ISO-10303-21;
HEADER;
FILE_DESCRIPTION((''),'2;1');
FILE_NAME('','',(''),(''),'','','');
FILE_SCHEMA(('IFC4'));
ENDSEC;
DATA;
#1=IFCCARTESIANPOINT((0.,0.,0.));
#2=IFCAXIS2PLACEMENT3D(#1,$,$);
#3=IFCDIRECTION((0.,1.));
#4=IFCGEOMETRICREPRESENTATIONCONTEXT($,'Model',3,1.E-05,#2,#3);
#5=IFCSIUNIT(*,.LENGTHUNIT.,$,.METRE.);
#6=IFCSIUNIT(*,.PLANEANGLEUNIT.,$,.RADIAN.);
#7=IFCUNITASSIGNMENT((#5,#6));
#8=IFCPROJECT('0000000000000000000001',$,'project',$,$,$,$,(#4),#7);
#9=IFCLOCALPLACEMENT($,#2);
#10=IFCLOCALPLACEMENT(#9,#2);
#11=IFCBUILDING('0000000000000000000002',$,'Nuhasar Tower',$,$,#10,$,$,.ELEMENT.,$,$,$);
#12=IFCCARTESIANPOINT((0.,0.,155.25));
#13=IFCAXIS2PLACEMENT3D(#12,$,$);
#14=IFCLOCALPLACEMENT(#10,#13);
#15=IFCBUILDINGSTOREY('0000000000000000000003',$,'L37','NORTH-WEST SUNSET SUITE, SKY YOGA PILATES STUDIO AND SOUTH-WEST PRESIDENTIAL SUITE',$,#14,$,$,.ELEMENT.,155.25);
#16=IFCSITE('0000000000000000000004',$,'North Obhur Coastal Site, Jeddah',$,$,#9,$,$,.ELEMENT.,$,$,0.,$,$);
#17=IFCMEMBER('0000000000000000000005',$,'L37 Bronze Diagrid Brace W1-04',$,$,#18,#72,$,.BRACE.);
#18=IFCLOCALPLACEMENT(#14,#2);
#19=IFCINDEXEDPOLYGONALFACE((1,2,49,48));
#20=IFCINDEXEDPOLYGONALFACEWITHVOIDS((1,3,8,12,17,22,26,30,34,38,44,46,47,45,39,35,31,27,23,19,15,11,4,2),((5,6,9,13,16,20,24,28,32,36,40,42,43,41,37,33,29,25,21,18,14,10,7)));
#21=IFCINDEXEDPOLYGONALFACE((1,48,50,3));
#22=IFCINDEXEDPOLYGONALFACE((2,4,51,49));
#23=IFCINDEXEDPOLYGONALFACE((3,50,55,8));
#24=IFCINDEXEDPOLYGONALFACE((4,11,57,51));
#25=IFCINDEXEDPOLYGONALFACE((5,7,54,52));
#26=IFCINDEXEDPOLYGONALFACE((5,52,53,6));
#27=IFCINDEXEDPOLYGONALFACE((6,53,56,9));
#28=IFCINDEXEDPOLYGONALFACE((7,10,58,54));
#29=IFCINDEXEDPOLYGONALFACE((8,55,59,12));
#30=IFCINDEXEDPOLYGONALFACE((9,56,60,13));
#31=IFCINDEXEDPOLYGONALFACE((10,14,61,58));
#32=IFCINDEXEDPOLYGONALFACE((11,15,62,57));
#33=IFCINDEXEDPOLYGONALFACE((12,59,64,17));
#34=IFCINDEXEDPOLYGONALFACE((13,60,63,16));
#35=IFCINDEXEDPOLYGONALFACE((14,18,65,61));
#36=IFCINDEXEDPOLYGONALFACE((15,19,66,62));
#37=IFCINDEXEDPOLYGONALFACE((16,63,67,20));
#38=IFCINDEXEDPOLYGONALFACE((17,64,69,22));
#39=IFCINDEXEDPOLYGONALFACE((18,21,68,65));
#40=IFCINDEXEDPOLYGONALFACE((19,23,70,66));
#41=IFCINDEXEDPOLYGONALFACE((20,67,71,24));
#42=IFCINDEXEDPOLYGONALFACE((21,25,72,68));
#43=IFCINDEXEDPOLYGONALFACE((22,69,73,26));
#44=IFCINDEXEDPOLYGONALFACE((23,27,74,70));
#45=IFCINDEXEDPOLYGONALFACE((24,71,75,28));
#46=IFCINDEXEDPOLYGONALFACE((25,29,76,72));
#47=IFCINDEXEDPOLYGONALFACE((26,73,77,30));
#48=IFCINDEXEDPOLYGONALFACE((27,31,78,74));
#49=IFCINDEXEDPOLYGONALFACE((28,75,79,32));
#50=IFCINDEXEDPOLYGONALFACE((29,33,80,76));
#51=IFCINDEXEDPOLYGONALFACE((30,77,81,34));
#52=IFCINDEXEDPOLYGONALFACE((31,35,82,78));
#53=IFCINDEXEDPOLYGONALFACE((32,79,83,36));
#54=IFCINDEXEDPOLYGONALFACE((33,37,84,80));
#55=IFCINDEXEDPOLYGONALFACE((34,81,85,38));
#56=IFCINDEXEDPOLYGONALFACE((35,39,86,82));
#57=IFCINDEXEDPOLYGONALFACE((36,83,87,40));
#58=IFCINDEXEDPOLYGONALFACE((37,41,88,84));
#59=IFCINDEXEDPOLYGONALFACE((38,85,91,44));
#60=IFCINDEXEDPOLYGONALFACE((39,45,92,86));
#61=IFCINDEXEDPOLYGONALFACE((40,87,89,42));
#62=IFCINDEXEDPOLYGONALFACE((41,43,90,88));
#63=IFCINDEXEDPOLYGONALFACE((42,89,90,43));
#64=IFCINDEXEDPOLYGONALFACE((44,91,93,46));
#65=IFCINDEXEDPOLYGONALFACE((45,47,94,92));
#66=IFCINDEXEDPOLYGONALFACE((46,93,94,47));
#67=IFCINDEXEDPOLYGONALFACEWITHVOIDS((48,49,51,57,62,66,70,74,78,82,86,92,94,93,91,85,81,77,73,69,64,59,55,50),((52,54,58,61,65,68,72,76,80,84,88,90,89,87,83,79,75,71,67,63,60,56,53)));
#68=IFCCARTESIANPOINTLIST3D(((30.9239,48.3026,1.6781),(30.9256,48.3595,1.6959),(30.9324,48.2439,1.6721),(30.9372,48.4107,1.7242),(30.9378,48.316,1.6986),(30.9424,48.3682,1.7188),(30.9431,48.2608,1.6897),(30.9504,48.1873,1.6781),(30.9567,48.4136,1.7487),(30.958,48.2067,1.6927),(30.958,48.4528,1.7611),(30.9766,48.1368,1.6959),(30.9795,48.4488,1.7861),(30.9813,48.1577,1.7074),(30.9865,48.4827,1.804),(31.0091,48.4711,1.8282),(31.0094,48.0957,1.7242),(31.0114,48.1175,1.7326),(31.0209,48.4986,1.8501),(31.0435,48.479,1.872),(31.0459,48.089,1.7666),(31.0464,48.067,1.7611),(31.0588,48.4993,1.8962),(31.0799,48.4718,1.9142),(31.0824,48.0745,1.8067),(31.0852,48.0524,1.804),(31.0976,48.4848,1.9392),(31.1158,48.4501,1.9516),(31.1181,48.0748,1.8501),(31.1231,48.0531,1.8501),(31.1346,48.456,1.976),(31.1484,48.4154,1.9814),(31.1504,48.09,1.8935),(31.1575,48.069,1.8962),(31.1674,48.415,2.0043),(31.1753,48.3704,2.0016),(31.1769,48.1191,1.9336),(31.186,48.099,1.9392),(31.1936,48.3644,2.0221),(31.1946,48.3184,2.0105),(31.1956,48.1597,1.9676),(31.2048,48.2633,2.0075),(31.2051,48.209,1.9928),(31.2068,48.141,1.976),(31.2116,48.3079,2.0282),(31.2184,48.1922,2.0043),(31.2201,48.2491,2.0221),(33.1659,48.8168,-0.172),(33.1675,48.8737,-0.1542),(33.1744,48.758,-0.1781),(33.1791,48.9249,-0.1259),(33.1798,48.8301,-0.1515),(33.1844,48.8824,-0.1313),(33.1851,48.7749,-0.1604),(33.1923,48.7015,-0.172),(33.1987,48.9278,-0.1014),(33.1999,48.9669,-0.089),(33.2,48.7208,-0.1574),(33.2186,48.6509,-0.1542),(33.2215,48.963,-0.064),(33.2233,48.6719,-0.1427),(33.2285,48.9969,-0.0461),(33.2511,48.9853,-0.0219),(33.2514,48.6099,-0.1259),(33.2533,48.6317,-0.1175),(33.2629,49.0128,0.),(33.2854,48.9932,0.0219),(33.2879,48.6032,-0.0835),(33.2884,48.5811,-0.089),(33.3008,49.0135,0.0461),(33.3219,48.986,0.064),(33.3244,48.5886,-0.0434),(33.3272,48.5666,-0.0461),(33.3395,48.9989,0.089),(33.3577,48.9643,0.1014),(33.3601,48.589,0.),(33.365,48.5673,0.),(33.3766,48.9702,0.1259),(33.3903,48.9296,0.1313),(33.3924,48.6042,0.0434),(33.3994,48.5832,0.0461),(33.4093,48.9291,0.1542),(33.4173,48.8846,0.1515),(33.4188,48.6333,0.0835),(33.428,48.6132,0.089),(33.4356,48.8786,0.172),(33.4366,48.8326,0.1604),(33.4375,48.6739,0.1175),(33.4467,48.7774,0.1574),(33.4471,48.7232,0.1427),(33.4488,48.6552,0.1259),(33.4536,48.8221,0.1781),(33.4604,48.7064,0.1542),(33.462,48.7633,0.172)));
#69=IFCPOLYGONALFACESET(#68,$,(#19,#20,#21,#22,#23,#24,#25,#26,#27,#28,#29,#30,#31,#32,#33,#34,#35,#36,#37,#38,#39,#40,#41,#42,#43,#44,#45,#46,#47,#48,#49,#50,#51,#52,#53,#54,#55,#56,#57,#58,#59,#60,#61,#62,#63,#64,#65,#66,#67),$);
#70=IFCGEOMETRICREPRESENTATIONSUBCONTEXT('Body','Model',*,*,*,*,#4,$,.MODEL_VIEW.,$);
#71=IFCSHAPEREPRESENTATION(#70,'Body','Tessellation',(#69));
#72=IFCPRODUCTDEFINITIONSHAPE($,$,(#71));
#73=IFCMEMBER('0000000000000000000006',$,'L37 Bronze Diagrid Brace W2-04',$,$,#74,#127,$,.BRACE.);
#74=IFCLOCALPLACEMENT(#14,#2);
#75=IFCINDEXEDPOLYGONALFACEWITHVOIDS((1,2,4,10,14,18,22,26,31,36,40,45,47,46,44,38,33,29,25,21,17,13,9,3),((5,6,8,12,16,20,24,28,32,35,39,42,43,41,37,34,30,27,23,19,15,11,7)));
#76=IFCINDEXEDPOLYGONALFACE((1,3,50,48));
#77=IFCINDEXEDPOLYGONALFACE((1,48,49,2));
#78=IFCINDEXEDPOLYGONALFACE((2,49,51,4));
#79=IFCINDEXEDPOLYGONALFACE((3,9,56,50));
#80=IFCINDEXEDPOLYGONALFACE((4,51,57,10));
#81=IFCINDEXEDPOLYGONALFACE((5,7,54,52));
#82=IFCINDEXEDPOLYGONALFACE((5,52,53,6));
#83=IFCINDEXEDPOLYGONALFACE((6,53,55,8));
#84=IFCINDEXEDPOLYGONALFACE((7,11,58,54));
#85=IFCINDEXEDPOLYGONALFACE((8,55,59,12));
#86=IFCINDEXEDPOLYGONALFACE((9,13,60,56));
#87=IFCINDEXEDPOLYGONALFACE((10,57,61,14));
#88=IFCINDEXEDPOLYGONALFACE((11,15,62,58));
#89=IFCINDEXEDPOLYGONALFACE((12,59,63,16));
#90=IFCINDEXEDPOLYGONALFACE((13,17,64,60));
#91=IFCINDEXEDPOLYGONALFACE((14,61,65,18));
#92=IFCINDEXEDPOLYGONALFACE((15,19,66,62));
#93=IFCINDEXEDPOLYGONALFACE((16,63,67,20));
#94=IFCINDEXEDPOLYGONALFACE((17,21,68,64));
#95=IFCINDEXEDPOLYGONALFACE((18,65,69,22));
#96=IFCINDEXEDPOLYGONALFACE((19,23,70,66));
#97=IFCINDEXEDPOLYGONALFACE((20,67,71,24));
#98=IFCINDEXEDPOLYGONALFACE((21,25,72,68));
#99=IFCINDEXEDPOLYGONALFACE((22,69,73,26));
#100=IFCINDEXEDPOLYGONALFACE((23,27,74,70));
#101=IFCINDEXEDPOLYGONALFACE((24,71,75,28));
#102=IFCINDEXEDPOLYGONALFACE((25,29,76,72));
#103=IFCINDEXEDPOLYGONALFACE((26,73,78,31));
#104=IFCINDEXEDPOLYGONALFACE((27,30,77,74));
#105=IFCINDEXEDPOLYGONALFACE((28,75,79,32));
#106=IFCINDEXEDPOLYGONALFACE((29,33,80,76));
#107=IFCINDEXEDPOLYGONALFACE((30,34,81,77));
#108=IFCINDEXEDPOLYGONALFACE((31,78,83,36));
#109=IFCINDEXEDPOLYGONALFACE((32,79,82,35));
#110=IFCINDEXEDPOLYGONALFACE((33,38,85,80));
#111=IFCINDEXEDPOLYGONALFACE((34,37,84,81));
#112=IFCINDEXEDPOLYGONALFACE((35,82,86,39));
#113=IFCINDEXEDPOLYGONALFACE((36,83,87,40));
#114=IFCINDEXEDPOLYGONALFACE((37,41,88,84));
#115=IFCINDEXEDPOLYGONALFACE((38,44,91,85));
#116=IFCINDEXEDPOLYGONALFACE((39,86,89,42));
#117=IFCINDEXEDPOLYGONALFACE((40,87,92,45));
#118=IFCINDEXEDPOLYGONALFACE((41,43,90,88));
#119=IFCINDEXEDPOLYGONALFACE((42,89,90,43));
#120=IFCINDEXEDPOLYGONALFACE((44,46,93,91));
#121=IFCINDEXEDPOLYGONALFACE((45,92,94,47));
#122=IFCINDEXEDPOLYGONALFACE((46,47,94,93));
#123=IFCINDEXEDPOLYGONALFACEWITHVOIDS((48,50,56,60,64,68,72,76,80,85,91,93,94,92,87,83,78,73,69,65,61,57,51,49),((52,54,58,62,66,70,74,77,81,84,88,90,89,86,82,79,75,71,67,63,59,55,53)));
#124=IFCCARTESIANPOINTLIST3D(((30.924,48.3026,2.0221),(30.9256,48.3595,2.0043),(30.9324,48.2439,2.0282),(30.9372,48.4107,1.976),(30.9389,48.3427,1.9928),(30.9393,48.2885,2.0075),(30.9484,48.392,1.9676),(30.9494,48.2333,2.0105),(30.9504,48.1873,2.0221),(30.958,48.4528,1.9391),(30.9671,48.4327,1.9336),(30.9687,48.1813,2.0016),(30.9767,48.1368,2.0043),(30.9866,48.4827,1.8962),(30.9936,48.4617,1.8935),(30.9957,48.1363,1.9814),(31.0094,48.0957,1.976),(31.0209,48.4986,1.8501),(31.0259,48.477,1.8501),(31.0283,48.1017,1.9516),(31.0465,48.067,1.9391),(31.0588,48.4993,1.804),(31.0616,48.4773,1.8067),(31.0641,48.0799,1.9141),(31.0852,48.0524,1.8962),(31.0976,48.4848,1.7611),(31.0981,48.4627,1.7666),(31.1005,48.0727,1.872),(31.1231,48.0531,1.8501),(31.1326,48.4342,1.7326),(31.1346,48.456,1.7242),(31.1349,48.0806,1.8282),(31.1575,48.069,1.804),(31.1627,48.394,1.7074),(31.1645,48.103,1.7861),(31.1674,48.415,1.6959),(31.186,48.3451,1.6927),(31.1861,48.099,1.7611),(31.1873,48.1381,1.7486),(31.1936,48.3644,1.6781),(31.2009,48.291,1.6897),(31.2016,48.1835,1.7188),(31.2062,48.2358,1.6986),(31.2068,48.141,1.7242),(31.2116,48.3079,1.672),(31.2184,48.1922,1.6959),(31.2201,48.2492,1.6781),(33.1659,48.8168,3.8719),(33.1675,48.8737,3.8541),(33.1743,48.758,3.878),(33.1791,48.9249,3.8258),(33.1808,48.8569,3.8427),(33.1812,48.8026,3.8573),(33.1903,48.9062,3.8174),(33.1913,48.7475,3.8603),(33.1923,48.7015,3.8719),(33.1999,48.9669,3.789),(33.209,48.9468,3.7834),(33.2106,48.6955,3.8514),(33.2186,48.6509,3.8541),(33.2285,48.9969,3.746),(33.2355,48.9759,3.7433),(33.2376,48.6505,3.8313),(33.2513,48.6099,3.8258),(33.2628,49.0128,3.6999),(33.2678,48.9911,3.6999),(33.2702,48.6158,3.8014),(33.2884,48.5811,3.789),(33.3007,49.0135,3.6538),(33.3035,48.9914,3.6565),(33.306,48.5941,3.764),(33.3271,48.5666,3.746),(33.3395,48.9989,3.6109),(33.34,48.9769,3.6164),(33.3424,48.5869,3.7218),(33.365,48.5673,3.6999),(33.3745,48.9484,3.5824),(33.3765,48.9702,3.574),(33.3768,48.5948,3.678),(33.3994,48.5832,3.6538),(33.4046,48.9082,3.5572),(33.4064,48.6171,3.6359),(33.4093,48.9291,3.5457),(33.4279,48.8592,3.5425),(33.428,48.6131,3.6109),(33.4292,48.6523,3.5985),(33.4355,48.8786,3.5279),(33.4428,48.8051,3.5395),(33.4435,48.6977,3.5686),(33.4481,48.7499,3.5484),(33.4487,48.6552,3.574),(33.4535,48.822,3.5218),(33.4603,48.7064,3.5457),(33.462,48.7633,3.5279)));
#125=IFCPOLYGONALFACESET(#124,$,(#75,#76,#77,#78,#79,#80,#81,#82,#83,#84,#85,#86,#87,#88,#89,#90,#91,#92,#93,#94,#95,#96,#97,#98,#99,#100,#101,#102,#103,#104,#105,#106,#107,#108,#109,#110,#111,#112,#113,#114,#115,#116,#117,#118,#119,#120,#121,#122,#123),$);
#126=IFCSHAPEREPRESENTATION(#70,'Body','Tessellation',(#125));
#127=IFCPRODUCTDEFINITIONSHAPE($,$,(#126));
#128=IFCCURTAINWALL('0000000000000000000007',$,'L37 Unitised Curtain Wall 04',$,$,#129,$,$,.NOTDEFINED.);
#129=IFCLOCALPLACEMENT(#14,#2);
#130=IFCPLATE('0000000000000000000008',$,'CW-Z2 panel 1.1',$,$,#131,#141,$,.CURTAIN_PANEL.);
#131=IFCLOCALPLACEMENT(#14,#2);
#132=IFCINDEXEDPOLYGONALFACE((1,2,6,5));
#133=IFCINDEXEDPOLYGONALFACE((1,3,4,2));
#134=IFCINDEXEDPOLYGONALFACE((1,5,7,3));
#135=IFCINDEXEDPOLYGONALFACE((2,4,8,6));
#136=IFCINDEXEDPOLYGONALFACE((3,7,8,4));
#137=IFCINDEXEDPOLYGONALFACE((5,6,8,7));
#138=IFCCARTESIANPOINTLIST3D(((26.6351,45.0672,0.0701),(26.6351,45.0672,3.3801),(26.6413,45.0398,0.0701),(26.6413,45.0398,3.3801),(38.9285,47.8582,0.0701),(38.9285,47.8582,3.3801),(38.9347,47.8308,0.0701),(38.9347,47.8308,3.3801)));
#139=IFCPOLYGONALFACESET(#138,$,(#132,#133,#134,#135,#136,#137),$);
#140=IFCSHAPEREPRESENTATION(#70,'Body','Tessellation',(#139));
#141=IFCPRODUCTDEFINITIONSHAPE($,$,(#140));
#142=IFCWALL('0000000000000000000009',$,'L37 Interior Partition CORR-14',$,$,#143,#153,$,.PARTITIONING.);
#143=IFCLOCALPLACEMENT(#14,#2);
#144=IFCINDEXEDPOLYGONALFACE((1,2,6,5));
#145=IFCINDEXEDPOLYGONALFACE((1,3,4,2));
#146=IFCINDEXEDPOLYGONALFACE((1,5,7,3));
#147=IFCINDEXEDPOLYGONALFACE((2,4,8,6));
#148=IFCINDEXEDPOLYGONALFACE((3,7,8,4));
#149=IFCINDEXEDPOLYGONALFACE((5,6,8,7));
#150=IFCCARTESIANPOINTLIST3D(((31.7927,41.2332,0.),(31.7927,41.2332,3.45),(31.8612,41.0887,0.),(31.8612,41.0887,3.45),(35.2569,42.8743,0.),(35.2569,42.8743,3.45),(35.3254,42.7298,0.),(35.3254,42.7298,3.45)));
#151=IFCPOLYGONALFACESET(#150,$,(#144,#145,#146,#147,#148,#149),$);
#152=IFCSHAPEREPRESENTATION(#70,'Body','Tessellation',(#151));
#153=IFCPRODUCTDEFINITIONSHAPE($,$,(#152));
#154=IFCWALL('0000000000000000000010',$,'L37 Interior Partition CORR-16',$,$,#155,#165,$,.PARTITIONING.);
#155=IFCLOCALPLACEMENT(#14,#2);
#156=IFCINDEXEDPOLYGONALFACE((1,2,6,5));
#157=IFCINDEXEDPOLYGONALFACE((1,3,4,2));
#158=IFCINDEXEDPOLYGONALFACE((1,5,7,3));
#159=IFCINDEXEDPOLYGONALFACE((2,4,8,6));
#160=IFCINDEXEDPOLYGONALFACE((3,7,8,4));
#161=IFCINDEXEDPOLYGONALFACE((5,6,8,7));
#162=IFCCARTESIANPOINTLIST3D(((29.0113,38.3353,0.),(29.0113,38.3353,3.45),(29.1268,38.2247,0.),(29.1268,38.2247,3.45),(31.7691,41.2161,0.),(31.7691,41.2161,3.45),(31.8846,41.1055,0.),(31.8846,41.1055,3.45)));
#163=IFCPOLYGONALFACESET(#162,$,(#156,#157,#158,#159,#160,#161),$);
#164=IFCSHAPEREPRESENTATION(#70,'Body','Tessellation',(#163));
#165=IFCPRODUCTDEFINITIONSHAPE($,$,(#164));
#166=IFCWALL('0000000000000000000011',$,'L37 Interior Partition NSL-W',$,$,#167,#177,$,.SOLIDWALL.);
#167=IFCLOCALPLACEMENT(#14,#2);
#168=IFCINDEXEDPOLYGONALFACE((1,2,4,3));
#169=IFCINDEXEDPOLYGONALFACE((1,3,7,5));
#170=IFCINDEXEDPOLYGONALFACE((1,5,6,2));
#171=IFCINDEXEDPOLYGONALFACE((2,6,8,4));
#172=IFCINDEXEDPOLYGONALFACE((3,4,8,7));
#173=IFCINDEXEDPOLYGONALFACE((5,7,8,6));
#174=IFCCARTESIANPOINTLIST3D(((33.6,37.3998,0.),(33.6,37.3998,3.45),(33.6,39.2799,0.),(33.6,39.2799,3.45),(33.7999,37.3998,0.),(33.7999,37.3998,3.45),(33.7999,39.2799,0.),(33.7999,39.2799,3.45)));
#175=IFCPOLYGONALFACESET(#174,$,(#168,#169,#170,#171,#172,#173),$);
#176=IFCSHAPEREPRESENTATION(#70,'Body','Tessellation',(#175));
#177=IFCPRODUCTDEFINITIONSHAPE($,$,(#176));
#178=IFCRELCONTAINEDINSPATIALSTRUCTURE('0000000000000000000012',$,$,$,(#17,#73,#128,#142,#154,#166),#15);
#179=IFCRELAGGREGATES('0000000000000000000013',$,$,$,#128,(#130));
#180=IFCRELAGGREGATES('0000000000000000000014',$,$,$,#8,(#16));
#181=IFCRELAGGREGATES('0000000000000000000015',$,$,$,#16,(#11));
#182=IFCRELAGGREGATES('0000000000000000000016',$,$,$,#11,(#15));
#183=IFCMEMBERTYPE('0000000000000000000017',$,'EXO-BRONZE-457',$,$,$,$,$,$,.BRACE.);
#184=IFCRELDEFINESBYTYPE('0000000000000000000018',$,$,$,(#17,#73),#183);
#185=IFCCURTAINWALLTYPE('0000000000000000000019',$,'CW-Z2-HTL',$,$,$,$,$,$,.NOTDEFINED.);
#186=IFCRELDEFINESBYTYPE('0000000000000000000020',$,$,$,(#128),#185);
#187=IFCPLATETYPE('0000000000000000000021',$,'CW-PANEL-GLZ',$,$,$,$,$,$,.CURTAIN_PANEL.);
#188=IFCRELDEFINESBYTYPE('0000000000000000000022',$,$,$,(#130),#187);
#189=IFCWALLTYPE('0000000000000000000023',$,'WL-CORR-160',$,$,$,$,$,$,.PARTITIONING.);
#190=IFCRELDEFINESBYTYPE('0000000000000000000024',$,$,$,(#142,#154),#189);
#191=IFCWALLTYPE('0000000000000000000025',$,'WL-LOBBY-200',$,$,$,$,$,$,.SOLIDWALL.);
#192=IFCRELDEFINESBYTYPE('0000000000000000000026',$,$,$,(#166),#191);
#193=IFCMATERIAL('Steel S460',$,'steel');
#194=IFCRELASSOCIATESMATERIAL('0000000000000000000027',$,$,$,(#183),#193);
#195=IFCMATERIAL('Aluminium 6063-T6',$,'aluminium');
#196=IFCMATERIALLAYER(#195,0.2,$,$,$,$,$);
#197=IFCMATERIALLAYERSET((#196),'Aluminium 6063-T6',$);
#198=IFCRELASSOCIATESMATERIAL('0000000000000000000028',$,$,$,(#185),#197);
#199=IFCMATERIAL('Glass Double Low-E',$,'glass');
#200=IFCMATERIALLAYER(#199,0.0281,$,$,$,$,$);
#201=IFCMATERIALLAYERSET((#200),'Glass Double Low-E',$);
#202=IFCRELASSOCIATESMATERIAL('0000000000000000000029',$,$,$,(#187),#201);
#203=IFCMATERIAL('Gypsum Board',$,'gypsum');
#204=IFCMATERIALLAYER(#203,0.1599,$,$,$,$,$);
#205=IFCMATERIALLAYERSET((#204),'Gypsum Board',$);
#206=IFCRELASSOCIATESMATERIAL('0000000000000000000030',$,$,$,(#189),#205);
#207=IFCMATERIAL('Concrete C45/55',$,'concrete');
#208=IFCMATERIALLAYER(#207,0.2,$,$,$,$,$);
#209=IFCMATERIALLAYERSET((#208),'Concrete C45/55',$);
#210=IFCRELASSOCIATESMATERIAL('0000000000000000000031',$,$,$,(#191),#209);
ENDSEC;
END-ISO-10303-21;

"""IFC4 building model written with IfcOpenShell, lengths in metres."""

from ifc_helpers import new_model, si_unit, direction, frame, frame_2d, origin, origin_2d, place, context, subcontext, project, spatial, rectangle, hollow_circle, extrude, material, layer, layer_set, material_profile, profile_set, type_object, element, aggregate, save


model = new_model("IFC4")

# Units and contexts
model_context = context("Model", 3, precision=1e-05, world=origin(), true_north=direction((0.0, 1.0)))
body_context = subcontext(model_context, "Body", "Model", "MODEL_VIEW")
ifc_project = project(units=[si_unit("LENGTHUNIT", "METRE"), si_unit("PLANEANGLEUNIT", "RADIAN")], contexts=[model_context])

# Site, building, storey
site_placement = place(None, origin())
site = spatial("IfcSite", under=ifc_project, at=site_placement, Name="North Obhur Coastal Site, Jeddah", CompositionType="ELEMENT", RefElevation=0.0)
building_placement = place(site_placement, origin())
building = spatial("IfcBuilding", under=site, at=building_placement, Name="Nuhasar Tower", CompositionType="ELEMENT")
storey_placement = place(building_placement, frame((0.0, 0.0, 155.25)))
storey = spatial("IfcBuildingStorey", under=building, at=storey_placement, Name="L37", Description="NORTH-WEST SUNSET SUITE, SKY YOGA PILATES STUDIO AND SOUTH-WEST PRESIDENTIAL SUITE", CompositionType="ELEMENT", Elevation=155.25)

# Members
ifc_material_1 = material(Name="Steel S460", Category="steel")
ifc_material_profile_1 = material_profile(ifc_material_1, hollow_circle(Radius=0.2285, WallThickness=0.0222, at=origin_2d()), Name="HSS457X22.2")
ifc_profile_set_1 = profile_set([ifc_material_profile_1], Name="Steel S460")
member_type = type_object("IfcMemberType", Name="EXO-BRONZE-457", PredefinedType="BRACE", material=ifc_profile_set_1)
member_1_placement = place(storey_placement, frame((33.314, 48.79, 0.0), z_axis=(-0.7595, -0.174181, 0.626755), x_axis=(0.223534, -0.974696, 0.0)))
element("IfcMember", 1, at=member_1_placement, inside=storey, type_object=member_type, Name="L37 Bronze Diagrid Brace W1-04", PredefinedType="BRACE", context=body_context, shape_type="SweptSolid", body=[
    extrude(hollow_circle(Radius=0.2285, WallThickness=0.0222, at=origin_2d()), origin(), (0.0, 0.0, 1.0), 2.9519),
])
member_2_placement = place(storey_placement, frame((31.072, 48.2759, 1.8501), z_axis=(0.759539, 0.17419, 0.626704), x_axis=(-0.223534, 0.974696, 0.0)))
element("IfcMember", 2, at=member_2_placement, inside=storey, type_object=member_type, Name="L37 Bronze Diagrid Brace W2-04", PredefinedType="BRACE", context=body_context, shape_type="SweptSolid", body=[
    extrude(hollow_circle(Radius=0.2285, WallThickness=0.0222, at=origin_2d()), origin(), (0.0, 0.0, 1.0), 2.9517),
])

# Curtain wall, plate
ifc_material_2 = material(Name="Aluminium 6063-T6", Category="aluminium")
ifc_layer_1 = layer(ifc_material_2, 0.2)
ifc_layer_set_1 = layer_set([ifc_layer_1], Name="Aluminium 6063-T6")
curtain_wall_type = type_object("IfcCurtainWallType", Name="CW-Z2-HTL", PredefinedType="NOTDEFINED", material=ifc_layer_set_1)
curtain_wall_placement = place(storey_placement, origin())
curtain_wall = element("IfcCurtainWall", 3, at=curtain_wall_placement, inside=storey, type_object=curtain_wall_type, Name="L37 Unitised Curtain Wall 04", PredefinedType="NOTDEFINED")
ifc_material_3 = material(Name="Glass Double Low-E", Category="glass")
ifc_layer_2 = layer(ifc_material_3, 0.0281)
ifc_layer_set_2 = layer_set([ifc_layer_2], Name="Glass Double Low-E")
plate_type = type_object("IfcPlateType", Name="CW-PANEL-GLZ", PredefinedType="CURTAIN_PANEL", material=ifc_layer_set_2)
plate_placement = place(storey_placement, frame((32.7849, 46.449, 0.0701), z_axis=(0.0, 0.0, 1.0), x_axis=(-0.975184, -0.221397, 0.0)))
plate = element("IfcPlate", 4, at=plate_placement, type_object=plate_type, Name="CW-Z2 panel 1.1", PredefinedType="CURTAIN_PANEL", context=body_context, shape_type="SweptSolid", body=[
    extrude(rectangle(XDim=12.6062, YDim=0.0281, at=origin_2d()), origin(), (0.0, 0.0, 1.0), 3.3101),
])
aggregate(curtain_wall, [plate])

# Shared definitions
ifc_material_4 = material(Name="Gypsum Board", Category="gypsum")
ifc_layer_3 = layer(ifc_material_4, 0.1599)
ifc_layer_set_3 = layer_set([ifc_layer_3], Name="Gypsum Board")
wall_type_1 = type_object("IfcWallType", Name="WL-CORR-160", PredefinedType="PARTITIONING", material=ifc_layer_set_3)

# Walls
wall_1_placement = place(storey_placement, frame((35.291, 42.802, 0.0), z_axis=(0.0, 0.0, 1.0), x_axis=(-0.903716, -0.428133, 0.0)))
element("IfcWall", 5, at=wall_1_placement, inside=storey, type_object=wall_type_1, Name="L37 Interior Partition CORR-14", PredefinedType="PARTITIONING", context=body_context, shape_type="SweptSolid", body=[
    extrude(rectangle(XDim=3.8333, YDim=0.1599, at=frame_2d((1.9165, 0.0))), origin(), (0.0, 0.0, 1.0), 3.45),
])
wall_2_placement = place(storey_placement, frame((31.8269, 41.1609, 0.0), z_axis=(0.0, 0.0, 1.0), x_axis=(-0.691512, -0.722365, 0.0)))
element("IfcWall", 6, at=wall_2_placement, inside=storey, type_object=wall_type_1, Name="L37 Interior Partition CORR-16", PredefinedType="PARTITIONING", context=body_context, shape_type="SweptSolid", body=[
    extrude(rectangle(XDim=3.988, YDim=0.1599, at=frame_2d((1.9941, 0.0))), origin(), (0.0, 0.0, 1.0), 3.45),
])
ifc_material_5 = material(Name="Concrete C45/55", Category="concrete")
ifc_layer_4 = layer(ifc_material_5, 0.2)
ifc_layer_set_4 = layer_set([ifc_layer_4], Name="Concrete C45/55")
wall_type_2 = type_object("IfcWallType", Name="WL-LOBBY-200", PredefinedType="SOLIDWALL", material=ifc_layer_set_4)
wall_3_placement = place(storey_placement, frame((33.7, 37.3999, 0.0), z_axis=(0.0, 0.0, 1.0), x_axis=(0.0, 1.0, 0.0)))
element("IfcWall", 7, at=wall_3_placement, inside=storey, type_object=wall_type_2, Name="L37 Interior Partition NSL-W", PredefinedType="SOLIDWALL", context=body_context, shape_type="SweptSolid", body=[
    extrude(rectangle(XDim=1.8801, YDim=0.2, at=frame_2d((0.9399, 0.0))), origin(), (0.0, 0.0, 1.0), 3.45),
])

save(model, "model.ifc")
